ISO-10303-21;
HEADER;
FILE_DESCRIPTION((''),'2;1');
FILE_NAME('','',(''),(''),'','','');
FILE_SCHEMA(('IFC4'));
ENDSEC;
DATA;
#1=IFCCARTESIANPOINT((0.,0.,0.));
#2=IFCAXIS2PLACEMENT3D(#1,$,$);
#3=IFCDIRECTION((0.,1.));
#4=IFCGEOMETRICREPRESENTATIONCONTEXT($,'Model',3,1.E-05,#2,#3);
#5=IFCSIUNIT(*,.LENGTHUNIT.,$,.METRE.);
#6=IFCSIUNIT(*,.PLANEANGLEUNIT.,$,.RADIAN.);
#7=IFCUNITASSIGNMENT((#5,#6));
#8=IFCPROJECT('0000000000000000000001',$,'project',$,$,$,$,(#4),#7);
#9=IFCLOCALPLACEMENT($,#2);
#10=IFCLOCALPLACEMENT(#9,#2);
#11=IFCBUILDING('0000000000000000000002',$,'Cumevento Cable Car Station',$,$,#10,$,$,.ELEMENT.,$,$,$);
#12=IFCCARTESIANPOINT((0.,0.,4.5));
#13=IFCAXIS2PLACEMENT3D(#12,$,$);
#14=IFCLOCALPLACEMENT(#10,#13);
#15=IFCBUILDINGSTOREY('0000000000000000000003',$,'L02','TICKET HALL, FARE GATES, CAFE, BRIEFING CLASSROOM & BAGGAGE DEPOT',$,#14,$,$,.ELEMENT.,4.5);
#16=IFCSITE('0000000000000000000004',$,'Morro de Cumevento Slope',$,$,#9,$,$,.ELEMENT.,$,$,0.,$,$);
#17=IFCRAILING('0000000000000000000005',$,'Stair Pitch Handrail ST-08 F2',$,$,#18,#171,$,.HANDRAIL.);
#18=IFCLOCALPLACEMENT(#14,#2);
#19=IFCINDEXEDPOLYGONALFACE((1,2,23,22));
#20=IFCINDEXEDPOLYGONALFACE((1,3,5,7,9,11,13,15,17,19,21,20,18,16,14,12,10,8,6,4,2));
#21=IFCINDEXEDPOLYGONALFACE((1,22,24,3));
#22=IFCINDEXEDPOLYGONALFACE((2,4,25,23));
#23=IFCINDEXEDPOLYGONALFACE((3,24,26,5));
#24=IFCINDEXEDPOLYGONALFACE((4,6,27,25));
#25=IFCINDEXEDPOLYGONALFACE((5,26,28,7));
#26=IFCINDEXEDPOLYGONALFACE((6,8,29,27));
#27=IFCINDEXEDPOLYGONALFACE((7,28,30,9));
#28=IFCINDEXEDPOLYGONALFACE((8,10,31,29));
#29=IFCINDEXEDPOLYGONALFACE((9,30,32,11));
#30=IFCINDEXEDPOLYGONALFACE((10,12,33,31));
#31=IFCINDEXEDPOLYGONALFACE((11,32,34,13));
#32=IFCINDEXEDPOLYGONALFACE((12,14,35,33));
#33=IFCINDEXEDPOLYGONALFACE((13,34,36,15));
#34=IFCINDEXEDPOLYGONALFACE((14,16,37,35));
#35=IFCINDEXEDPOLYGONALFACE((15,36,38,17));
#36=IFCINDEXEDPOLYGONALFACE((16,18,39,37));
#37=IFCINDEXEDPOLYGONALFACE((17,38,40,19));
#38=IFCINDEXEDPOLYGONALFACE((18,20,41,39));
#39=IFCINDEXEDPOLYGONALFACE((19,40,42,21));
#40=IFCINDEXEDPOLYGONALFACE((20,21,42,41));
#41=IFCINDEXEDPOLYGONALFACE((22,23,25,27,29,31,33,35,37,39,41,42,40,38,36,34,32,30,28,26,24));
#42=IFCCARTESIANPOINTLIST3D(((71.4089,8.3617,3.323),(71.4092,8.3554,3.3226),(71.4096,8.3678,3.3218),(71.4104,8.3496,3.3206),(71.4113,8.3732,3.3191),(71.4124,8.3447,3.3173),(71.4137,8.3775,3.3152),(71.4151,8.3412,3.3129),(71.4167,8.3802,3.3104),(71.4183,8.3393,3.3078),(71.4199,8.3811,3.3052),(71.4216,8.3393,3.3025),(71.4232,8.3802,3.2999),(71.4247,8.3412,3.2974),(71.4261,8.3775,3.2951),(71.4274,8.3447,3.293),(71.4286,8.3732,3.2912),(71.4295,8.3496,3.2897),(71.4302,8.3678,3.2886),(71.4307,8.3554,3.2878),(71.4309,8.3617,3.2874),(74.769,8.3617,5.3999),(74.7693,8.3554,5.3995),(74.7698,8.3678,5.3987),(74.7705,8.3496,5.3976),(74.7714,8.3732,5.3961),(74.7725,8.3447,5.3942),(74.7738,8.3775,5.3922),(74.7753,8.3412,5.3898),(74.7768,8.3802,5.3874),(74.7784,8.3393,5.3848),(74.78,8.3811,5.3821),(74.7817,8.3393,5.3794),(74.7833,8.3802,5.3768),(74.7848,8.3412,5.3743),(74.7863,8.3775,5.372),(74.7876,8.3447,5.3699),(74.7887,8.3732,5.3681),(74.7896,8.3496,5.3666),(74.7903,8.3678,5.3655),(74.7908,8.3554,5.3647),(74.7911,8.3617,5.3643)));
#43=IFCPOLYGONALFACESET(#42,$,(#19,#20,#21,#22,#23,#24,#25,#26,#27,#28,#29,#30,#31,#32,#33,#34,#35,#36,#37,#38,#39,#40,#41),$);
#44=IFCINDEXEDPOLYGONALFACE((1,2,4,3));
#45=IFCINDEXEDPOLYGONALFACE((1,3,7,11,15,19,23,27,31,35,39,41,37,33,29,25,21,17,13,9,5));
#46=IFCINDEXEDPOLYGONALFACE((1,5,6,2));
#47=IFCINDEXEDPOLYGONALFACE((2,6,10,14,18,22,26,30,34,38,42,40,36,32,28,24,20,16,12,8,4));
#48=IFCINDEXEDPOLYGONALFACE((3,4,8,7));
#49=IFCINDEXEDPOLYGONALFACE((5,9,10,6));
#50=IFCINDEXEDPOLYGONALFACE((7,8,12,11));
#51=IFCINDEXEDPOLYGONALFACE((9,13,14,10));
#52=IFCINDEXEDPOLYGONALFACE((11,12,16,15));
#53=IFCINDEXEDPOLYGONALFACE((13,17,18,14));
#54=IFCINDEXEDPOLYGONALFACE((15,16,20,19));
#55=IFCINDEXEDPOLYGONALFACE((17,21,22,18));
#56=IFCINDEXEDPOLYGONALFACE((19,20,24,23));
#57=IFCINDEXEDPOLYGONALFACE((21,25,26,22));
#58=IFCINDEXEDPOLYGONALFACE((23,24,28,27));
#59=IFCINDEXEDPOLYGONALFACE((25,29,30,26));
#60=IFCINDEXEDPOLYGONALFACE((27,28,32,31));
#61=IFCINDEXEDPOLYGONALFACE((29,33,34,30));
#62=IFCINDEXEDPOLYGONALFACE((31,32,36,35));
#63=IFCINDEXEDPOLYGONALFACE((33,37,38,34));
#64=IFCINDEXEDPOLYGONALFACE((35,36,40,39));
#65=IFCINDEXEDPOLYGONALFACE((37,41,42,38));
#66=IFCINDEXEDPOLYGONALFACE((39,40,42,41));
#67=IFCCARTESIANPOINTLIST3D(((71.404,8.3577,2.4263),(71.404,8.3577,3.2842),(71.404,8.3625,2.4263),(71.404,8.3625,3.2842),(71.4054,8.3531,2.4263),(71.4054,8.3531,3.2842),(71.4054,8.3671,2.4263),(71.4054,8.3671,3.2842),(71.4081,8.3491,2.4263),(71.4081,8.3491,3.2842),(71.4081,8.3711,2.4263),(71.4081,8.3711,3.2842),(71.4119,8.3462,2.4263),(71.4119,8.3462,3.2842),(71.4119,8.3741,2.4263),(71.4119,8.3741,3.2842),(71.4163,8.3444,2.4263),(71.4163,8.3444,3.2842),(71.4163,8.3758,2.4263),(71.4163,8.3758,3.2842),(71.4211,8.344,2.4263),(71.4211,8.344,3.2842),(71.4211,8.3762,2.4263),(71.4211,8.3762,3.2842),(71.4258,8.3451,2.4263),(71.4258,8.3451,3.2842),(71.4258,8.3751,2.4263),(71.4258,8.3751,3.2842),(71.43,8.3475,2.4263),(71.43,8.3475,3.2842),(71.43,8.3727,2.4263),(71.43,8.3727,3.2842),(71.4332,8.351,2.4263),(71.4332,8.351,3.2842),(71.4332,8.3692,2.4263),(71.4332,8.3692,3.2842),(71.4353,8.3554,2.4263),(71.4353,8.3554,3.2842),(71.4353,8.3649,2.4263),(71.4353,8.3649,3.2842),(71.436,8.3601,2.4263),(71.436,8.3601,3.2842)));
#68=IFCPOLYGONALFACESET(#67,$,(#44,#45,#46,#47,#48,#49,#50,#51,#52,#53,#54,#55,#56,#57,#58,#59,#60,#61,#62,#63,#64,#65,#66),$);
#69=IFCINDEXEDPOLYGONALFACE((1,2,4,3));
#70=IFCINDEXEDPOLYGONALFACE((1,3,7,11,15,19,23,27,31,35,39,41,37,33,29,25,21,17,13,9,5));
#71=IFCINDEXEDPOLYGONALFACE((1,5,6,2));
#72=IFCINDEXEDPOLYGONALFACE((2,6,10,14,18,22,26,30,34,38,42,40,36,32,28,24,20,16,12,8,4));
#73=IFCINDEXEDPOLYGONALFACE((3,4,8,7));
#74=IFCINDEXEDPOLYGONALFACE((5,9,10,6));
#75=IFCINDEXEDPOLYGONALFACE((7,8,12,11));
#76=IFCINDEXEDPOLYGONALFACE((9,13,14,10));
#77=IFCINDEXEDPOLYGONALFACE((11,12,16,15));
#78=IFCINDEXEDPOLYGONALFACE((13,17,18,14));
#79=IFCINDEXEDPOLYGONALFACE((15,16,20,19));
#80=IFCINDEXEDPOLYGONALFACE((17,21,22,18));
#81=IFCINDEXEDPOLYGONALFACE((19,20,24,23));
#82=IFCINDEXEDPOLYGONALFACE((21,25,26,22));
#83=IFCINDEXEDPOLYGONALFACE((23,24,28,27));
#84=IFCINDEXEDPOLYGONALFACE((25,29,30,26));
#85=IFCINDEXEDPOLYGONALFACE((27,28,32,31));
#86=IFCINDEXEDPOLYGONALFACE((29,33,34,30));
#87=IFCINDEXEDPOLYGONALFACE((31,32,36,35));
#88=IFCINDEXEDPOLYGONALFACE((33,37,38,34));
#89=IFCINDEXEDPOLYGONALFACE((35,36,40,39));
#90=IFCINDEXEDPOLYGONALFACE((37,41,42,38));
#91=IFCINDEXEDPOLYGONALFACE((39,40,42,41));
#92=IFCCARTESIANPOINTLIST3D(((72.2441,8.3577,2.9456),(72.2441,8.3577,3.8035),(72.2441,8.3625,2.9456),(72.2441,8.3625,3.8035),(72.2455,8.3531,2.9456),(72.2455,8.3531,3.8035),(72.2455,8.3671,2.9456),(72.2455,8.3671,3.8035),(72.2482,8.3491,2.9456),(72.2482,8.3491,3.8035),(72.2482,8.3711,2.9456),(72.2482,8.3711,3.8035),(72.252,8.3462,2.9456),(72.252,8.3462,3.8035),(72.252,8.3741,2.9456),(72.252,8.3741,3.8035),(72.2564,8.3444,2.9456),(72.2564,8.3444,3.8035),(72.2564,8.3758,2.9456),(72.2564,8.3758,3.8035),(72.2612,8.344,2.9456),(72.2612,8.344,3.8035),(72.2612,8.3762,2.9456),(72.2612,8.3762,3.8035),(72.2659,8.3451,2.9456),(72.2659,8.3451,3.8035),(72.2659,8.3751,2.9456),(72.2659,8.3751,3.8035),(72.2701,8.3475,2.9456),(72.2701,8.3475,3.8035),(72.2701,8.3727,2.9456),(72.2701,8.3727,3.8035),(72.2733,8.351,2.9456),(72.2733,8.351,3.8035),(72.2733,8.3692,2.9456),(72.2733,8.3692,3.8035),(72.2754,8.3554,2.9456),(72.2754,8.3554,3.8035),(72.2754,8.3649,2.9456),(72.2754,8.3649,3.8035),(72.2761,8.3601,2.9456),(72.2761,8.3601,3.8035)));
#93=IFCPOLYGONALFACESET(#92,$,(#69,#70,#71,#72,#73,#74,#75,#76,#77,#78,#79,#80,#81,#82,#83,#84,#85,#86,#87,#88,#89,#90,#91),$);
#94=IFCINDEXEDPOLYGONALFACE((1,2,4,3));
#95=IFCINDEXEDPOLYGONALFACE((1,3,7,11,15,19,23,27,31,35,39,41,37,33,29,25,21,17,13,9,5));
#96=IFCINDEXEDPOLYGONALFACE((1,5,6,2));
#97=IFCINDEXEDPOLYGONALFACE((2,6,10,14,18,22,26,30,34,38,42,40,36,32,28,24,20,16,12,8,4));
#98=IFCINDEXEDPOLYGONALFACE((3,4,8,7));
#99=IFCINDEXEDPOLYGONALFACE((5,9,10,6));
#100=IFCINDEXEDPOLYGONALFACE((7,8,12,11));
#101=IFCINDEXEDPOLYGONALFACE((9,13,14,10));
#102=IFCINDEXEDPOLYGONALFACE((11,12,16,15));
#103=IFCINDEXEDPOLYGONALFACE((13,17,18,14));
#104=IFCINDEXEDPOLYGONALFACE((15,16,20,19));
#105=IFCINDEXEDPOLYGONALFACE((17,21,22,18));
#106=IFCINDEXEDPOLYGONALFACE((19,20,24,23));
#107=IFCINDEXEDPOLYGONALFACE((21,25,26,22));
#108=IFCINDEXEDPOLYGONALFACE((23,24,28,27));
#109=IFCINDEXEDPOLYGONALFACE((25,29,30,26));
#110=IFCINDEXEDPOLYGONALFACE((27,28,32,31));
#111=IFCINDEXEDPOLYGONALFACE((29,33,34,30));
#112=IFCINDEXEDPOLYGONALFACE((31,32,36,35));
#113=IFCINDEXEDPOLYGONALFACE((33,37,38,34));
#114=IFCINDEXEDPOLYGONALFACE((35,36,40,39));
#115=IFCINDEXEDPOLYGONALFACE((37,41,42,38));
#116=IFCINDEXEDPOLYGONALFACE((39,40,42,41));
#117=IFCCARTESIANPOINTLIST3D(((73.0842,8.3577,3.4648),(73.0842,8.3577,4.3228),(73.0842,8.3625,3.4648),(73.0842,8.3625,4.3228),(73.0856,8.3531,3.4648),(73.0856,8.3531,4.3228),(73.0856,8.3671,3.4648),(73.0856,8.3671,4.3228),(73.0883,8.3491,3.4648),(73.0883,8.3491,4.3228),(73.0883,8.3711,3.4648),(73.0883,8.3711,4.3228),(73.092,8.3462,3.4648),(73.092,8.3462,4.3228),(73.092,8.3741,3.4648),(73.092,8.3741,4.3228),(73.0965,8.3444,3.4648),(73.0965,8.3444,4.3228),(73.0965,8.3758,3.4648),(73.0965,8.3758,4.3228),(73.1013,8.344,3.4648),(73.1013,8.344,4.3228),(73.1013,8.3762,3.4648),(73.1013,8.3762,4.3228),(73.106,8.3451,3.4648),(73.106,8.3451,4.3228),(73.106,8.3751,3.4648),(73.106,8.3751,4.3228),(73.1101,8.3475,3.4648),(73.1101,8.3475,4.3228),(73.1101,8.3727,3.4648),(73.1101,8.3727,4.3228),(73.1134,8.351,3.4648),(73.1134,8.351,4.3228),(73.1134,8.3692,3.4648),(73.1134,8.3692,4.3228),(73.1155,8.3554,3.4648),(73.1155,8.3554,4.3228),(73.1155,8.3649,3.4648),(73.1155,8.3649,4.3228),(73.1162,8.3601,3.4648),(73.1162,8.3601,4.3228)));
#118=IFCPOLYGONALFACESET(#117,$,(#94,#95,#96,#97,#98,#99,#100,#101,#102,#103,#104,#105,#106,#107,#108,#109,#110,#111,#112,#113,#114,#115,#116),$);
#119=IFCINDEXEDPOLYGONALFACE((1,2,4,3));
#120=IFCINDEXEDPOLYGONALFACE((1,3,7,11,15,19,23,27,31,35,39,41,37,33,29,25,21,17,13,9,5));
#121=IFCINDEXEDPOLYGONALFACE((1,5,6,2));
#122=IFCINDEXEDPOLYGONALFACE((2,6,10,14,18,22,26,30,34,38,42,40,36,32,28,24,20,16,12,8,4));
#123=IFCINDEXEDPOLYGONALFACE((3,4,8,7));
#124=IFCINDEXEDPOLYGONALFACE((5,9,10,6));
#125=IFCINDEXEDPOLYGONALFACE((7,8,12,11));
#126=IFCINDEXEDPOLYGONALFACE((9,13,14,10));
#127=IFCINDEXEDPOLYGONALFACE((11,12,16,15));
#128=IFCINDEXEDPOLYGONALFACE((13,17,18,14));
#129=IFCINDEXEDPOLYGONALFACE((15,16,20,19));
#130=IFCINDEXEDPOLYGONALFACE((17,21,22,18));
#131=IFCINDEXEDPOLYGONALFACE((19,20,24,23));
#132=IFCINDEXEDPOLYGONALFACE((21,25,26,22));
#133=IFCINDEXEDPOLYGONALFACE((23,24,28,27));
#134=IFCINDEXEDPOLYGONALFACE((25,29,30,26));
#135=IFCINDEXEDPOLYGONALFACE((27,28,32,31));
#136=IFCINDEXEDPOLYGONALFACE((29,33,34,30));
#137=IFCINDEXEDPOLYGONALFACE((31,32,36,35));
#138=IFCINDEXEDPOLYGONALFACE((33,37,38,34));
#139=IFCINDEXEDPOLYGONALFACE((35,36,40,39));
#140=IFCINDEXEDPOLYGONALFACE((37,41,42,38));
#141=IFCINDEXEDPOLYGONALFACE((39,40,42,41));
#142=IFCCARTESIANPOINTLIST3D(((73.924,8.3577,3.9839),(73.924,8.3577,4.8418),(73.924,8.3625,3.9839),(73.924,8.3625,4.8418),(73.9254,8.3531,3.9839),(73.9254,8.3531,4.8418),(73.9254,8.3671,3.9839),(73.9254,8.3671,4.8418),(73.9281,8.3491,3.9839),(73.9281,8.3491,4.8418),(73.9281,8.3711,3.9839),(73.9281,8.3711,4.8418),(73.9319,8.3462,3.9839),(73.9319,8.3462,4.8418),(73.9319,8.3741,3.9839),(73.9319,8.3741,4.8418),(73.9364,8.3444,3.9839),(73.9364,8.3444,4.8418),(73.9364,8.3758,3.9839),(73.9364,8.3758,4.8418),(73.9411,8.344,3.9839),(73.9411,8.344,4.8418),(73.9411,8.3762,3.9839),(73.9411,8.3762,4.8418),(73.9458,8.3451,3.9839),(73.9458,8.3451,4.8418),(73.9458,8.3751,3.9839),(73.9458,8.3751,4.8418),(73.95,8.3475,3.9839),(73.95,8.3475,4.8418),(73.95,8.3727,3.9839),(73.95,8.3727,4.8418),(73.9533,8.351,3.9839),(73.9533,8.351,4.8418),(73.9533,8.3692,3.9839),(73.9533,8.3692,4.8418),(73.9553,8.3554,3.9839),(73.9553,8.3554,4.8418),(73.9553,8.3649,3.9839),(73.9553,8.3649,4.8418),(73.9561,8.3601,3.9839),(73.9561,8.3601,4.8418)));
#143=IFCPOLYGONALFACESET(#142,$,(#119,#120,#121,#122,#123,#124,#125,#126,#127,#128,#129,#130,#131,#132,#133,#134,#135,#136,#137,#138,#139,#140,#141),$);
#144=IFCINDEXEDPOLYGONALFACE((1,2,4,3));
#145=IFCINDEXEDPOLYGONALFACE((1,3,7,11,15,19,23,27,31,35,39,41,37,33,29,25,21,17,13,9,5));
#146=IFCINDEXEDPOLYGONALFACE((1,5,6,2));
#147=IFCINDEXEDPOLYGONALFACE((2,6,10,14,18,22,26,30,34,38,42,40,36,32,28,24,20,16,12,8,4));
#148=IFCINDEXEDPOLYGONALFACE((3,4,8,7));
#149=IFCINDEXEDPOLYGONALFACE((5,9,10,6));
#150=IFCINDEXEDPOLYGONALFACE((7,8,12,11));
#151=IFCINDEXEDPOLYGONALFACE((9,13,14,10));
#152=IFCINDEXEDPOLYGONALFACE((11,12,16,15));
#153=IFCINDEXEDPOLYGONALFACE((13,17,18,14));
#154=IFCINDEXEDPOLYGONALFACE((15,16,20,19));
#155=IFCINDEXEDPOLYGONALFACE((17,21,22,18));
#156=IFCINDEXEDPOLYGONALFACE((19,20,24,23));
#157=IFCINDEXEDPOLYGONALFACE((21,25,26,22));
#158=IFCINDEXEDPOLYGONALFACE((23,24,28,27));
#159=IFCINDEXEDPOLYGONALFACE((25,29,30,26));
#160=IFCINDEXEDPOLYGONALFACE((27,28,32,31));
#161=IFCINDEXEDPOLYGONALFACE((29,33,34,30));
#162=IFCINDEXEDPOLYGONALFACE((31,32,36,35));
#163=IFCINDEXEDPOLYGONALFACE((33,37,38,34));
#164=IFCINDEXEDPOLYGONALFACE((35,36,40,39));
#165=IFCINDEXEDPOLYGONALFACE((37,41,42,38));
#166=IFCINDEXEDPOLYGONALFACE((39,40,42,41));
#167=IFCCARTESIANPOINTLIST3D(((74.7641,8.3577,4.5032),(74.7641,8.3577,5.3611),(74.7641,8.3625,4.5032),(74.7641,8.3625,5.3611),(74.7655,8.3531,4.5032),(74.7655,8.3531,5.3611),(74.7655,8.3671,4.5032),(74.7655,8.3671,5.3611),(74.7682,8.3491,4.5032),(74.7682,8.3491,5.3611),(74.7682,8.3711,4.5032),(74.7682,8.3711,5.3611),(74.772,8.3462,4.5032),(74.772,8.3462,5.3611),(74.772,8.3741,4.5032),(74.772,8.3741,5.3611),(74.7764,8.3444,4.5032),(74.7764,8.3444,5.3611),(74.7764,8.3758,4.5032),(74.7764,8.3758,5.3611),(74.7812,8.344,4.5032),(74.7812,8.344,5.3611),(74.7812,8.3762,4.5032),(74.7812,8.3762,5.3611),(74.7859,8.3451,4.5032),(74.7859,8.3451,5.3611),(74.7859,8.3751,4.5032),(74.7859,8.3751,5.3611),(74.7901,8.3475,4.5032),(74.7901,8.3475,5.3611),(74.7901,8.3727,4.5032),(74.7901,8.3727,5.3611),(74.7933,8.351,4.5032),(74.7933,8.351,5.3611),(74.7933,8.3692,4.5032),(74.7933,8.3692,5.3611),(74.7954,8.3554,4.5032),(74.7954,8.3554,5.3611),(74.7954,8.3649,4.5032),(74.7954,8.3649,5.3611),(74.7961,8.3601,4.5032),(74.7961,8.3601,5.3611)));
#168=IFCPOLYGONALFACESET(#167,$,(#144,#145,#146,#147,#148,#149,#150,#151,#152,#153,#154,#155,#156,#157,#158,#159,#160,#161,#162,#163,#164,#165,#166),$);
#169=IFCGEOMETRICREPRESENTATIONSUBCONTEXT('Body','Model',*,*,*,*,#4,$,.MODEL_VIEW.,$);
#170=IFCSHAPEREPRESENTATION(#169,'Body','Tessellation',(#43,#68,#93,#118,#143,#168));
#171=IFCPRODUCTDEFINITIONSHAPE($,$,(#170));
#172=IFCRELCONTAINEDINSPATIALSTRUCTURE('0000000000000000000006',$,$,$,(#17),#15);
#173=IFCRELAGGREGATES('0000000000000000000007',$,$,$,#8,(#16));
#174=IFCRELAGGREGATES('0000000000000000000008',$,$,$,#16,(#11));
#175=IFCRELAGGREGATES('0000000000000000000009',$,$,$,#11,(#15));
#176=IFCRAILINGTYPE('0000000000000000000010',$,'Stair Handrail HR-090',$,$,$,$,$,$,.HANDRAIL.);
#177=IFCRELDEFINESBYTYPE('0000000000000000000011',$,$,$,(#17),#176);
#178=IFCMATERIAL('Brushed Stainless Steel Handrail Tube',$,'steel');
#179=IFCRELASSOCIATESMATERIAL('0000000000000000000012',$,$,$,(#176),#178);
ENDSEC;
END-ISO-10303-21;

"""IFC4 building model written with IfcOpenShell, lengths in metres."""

from ifc_helpers import new_model, si_unit, direction, frame, origin, origin_2d, place, context, subcontext, project, spatial, circle, extrude, material, type_object, element, save


model = new_model("IFC4")

# Units and contexts
model_context = context("Model", 3, precision=1e-05, world=origin(), true_north=direction((0.0, 1.0)))
body_context = subcontext(model_context, "Body", "Model", "MODEL_VIEW")
ifc_project = project(units=[si_unit("LENGTHUNIT", "METRE"), si_unit("PLANEANGLEUNIT", "RADIAN")], contexts=[model_context])

# Site, building, storey
site_placement = place(None, origin())
site = spatial("IfcSite", under=ifc_project, at=site_placement, Name="Morro de Cumevento Slope", CompositionType="ELEMENT", RefElevation=0.0)
building_placement = place(site_placement, origin())
building = spatial("IfcBuilding", under=site, at=building_placement, Name="Cumevento Cable Car Station", CompositionType="ELEMENT")
storey_placement = place(building_placement, frame((0.0, 0.0, 4.5)))
storey = spatial("IfcBuildingStorey", under=building, at=storey_placement, Name="L02", Description="TICKET HALL, FARE GATES, CAFE, BRIEFING CLASSROOM & BAGGAGE DEPOT", CompositionType="ELEMENT", Elevation=4.5)

# Railing
ifc_material_1 = material(Name="Brushed Stainless Steel Handrail Tube", Category="steel")
railing_type_1 = type_object("IfcRailingType", Name="Stair Handrail HR-090", PredefinedType="HANDRAIL", material=ifc_material_1)
railing_1_placement = place(storey_placement, frame((71.4199, 8.3601, 2.4263)))
element("IfcRailing", 1, at=railing_1_placement, inside=storey, type_object=railing_type_1, Name="Stair Pitch Handrail ST-08 F2", PredefinedType="HANDRAIL", context=body_context, shape_type="SweptSolid", body=[
    extrude(circle(Radius=0.021, at=origin_2d()), frame((0.0, 0.0, 0.8789), z_axis=(0.850623, 0.0, 0.525776), x_axis=(0.0, 1.0, 0.0)), (0.0, 0.0, 1.0), 3.9502),
    extrude(circle(Radius=0.0161, at=origin_2d()), origin(), (0.0, 0.0, 1.0), 0.8579),
    extrude(circle(Radius=0.0161, at=origin_2d()), frame((0.8401, 0.0, 0.5193)), (0.0, 0.0, 1.0), 0.8579),
    extrude(circle(Radius=0.0161, at=origin_2d()), frame((1.6802, 0.0, 1.0386)), (0.0, 0.0, 1.0), 0.8579),
    extrude(circle(Radius=0.0161, at=origin_2d()), frame((2.52, 0.0, 1.5576)), (0.0, 0.0, 1.0), 0.8579),
    extrude(circle(Radius=0.0161, at=origin_2d()), frame((3.3601, 0.0, 2.0769)), (0.0, 0.0, 1.0), 0.8579),
])

save(model, "model.ifc")
